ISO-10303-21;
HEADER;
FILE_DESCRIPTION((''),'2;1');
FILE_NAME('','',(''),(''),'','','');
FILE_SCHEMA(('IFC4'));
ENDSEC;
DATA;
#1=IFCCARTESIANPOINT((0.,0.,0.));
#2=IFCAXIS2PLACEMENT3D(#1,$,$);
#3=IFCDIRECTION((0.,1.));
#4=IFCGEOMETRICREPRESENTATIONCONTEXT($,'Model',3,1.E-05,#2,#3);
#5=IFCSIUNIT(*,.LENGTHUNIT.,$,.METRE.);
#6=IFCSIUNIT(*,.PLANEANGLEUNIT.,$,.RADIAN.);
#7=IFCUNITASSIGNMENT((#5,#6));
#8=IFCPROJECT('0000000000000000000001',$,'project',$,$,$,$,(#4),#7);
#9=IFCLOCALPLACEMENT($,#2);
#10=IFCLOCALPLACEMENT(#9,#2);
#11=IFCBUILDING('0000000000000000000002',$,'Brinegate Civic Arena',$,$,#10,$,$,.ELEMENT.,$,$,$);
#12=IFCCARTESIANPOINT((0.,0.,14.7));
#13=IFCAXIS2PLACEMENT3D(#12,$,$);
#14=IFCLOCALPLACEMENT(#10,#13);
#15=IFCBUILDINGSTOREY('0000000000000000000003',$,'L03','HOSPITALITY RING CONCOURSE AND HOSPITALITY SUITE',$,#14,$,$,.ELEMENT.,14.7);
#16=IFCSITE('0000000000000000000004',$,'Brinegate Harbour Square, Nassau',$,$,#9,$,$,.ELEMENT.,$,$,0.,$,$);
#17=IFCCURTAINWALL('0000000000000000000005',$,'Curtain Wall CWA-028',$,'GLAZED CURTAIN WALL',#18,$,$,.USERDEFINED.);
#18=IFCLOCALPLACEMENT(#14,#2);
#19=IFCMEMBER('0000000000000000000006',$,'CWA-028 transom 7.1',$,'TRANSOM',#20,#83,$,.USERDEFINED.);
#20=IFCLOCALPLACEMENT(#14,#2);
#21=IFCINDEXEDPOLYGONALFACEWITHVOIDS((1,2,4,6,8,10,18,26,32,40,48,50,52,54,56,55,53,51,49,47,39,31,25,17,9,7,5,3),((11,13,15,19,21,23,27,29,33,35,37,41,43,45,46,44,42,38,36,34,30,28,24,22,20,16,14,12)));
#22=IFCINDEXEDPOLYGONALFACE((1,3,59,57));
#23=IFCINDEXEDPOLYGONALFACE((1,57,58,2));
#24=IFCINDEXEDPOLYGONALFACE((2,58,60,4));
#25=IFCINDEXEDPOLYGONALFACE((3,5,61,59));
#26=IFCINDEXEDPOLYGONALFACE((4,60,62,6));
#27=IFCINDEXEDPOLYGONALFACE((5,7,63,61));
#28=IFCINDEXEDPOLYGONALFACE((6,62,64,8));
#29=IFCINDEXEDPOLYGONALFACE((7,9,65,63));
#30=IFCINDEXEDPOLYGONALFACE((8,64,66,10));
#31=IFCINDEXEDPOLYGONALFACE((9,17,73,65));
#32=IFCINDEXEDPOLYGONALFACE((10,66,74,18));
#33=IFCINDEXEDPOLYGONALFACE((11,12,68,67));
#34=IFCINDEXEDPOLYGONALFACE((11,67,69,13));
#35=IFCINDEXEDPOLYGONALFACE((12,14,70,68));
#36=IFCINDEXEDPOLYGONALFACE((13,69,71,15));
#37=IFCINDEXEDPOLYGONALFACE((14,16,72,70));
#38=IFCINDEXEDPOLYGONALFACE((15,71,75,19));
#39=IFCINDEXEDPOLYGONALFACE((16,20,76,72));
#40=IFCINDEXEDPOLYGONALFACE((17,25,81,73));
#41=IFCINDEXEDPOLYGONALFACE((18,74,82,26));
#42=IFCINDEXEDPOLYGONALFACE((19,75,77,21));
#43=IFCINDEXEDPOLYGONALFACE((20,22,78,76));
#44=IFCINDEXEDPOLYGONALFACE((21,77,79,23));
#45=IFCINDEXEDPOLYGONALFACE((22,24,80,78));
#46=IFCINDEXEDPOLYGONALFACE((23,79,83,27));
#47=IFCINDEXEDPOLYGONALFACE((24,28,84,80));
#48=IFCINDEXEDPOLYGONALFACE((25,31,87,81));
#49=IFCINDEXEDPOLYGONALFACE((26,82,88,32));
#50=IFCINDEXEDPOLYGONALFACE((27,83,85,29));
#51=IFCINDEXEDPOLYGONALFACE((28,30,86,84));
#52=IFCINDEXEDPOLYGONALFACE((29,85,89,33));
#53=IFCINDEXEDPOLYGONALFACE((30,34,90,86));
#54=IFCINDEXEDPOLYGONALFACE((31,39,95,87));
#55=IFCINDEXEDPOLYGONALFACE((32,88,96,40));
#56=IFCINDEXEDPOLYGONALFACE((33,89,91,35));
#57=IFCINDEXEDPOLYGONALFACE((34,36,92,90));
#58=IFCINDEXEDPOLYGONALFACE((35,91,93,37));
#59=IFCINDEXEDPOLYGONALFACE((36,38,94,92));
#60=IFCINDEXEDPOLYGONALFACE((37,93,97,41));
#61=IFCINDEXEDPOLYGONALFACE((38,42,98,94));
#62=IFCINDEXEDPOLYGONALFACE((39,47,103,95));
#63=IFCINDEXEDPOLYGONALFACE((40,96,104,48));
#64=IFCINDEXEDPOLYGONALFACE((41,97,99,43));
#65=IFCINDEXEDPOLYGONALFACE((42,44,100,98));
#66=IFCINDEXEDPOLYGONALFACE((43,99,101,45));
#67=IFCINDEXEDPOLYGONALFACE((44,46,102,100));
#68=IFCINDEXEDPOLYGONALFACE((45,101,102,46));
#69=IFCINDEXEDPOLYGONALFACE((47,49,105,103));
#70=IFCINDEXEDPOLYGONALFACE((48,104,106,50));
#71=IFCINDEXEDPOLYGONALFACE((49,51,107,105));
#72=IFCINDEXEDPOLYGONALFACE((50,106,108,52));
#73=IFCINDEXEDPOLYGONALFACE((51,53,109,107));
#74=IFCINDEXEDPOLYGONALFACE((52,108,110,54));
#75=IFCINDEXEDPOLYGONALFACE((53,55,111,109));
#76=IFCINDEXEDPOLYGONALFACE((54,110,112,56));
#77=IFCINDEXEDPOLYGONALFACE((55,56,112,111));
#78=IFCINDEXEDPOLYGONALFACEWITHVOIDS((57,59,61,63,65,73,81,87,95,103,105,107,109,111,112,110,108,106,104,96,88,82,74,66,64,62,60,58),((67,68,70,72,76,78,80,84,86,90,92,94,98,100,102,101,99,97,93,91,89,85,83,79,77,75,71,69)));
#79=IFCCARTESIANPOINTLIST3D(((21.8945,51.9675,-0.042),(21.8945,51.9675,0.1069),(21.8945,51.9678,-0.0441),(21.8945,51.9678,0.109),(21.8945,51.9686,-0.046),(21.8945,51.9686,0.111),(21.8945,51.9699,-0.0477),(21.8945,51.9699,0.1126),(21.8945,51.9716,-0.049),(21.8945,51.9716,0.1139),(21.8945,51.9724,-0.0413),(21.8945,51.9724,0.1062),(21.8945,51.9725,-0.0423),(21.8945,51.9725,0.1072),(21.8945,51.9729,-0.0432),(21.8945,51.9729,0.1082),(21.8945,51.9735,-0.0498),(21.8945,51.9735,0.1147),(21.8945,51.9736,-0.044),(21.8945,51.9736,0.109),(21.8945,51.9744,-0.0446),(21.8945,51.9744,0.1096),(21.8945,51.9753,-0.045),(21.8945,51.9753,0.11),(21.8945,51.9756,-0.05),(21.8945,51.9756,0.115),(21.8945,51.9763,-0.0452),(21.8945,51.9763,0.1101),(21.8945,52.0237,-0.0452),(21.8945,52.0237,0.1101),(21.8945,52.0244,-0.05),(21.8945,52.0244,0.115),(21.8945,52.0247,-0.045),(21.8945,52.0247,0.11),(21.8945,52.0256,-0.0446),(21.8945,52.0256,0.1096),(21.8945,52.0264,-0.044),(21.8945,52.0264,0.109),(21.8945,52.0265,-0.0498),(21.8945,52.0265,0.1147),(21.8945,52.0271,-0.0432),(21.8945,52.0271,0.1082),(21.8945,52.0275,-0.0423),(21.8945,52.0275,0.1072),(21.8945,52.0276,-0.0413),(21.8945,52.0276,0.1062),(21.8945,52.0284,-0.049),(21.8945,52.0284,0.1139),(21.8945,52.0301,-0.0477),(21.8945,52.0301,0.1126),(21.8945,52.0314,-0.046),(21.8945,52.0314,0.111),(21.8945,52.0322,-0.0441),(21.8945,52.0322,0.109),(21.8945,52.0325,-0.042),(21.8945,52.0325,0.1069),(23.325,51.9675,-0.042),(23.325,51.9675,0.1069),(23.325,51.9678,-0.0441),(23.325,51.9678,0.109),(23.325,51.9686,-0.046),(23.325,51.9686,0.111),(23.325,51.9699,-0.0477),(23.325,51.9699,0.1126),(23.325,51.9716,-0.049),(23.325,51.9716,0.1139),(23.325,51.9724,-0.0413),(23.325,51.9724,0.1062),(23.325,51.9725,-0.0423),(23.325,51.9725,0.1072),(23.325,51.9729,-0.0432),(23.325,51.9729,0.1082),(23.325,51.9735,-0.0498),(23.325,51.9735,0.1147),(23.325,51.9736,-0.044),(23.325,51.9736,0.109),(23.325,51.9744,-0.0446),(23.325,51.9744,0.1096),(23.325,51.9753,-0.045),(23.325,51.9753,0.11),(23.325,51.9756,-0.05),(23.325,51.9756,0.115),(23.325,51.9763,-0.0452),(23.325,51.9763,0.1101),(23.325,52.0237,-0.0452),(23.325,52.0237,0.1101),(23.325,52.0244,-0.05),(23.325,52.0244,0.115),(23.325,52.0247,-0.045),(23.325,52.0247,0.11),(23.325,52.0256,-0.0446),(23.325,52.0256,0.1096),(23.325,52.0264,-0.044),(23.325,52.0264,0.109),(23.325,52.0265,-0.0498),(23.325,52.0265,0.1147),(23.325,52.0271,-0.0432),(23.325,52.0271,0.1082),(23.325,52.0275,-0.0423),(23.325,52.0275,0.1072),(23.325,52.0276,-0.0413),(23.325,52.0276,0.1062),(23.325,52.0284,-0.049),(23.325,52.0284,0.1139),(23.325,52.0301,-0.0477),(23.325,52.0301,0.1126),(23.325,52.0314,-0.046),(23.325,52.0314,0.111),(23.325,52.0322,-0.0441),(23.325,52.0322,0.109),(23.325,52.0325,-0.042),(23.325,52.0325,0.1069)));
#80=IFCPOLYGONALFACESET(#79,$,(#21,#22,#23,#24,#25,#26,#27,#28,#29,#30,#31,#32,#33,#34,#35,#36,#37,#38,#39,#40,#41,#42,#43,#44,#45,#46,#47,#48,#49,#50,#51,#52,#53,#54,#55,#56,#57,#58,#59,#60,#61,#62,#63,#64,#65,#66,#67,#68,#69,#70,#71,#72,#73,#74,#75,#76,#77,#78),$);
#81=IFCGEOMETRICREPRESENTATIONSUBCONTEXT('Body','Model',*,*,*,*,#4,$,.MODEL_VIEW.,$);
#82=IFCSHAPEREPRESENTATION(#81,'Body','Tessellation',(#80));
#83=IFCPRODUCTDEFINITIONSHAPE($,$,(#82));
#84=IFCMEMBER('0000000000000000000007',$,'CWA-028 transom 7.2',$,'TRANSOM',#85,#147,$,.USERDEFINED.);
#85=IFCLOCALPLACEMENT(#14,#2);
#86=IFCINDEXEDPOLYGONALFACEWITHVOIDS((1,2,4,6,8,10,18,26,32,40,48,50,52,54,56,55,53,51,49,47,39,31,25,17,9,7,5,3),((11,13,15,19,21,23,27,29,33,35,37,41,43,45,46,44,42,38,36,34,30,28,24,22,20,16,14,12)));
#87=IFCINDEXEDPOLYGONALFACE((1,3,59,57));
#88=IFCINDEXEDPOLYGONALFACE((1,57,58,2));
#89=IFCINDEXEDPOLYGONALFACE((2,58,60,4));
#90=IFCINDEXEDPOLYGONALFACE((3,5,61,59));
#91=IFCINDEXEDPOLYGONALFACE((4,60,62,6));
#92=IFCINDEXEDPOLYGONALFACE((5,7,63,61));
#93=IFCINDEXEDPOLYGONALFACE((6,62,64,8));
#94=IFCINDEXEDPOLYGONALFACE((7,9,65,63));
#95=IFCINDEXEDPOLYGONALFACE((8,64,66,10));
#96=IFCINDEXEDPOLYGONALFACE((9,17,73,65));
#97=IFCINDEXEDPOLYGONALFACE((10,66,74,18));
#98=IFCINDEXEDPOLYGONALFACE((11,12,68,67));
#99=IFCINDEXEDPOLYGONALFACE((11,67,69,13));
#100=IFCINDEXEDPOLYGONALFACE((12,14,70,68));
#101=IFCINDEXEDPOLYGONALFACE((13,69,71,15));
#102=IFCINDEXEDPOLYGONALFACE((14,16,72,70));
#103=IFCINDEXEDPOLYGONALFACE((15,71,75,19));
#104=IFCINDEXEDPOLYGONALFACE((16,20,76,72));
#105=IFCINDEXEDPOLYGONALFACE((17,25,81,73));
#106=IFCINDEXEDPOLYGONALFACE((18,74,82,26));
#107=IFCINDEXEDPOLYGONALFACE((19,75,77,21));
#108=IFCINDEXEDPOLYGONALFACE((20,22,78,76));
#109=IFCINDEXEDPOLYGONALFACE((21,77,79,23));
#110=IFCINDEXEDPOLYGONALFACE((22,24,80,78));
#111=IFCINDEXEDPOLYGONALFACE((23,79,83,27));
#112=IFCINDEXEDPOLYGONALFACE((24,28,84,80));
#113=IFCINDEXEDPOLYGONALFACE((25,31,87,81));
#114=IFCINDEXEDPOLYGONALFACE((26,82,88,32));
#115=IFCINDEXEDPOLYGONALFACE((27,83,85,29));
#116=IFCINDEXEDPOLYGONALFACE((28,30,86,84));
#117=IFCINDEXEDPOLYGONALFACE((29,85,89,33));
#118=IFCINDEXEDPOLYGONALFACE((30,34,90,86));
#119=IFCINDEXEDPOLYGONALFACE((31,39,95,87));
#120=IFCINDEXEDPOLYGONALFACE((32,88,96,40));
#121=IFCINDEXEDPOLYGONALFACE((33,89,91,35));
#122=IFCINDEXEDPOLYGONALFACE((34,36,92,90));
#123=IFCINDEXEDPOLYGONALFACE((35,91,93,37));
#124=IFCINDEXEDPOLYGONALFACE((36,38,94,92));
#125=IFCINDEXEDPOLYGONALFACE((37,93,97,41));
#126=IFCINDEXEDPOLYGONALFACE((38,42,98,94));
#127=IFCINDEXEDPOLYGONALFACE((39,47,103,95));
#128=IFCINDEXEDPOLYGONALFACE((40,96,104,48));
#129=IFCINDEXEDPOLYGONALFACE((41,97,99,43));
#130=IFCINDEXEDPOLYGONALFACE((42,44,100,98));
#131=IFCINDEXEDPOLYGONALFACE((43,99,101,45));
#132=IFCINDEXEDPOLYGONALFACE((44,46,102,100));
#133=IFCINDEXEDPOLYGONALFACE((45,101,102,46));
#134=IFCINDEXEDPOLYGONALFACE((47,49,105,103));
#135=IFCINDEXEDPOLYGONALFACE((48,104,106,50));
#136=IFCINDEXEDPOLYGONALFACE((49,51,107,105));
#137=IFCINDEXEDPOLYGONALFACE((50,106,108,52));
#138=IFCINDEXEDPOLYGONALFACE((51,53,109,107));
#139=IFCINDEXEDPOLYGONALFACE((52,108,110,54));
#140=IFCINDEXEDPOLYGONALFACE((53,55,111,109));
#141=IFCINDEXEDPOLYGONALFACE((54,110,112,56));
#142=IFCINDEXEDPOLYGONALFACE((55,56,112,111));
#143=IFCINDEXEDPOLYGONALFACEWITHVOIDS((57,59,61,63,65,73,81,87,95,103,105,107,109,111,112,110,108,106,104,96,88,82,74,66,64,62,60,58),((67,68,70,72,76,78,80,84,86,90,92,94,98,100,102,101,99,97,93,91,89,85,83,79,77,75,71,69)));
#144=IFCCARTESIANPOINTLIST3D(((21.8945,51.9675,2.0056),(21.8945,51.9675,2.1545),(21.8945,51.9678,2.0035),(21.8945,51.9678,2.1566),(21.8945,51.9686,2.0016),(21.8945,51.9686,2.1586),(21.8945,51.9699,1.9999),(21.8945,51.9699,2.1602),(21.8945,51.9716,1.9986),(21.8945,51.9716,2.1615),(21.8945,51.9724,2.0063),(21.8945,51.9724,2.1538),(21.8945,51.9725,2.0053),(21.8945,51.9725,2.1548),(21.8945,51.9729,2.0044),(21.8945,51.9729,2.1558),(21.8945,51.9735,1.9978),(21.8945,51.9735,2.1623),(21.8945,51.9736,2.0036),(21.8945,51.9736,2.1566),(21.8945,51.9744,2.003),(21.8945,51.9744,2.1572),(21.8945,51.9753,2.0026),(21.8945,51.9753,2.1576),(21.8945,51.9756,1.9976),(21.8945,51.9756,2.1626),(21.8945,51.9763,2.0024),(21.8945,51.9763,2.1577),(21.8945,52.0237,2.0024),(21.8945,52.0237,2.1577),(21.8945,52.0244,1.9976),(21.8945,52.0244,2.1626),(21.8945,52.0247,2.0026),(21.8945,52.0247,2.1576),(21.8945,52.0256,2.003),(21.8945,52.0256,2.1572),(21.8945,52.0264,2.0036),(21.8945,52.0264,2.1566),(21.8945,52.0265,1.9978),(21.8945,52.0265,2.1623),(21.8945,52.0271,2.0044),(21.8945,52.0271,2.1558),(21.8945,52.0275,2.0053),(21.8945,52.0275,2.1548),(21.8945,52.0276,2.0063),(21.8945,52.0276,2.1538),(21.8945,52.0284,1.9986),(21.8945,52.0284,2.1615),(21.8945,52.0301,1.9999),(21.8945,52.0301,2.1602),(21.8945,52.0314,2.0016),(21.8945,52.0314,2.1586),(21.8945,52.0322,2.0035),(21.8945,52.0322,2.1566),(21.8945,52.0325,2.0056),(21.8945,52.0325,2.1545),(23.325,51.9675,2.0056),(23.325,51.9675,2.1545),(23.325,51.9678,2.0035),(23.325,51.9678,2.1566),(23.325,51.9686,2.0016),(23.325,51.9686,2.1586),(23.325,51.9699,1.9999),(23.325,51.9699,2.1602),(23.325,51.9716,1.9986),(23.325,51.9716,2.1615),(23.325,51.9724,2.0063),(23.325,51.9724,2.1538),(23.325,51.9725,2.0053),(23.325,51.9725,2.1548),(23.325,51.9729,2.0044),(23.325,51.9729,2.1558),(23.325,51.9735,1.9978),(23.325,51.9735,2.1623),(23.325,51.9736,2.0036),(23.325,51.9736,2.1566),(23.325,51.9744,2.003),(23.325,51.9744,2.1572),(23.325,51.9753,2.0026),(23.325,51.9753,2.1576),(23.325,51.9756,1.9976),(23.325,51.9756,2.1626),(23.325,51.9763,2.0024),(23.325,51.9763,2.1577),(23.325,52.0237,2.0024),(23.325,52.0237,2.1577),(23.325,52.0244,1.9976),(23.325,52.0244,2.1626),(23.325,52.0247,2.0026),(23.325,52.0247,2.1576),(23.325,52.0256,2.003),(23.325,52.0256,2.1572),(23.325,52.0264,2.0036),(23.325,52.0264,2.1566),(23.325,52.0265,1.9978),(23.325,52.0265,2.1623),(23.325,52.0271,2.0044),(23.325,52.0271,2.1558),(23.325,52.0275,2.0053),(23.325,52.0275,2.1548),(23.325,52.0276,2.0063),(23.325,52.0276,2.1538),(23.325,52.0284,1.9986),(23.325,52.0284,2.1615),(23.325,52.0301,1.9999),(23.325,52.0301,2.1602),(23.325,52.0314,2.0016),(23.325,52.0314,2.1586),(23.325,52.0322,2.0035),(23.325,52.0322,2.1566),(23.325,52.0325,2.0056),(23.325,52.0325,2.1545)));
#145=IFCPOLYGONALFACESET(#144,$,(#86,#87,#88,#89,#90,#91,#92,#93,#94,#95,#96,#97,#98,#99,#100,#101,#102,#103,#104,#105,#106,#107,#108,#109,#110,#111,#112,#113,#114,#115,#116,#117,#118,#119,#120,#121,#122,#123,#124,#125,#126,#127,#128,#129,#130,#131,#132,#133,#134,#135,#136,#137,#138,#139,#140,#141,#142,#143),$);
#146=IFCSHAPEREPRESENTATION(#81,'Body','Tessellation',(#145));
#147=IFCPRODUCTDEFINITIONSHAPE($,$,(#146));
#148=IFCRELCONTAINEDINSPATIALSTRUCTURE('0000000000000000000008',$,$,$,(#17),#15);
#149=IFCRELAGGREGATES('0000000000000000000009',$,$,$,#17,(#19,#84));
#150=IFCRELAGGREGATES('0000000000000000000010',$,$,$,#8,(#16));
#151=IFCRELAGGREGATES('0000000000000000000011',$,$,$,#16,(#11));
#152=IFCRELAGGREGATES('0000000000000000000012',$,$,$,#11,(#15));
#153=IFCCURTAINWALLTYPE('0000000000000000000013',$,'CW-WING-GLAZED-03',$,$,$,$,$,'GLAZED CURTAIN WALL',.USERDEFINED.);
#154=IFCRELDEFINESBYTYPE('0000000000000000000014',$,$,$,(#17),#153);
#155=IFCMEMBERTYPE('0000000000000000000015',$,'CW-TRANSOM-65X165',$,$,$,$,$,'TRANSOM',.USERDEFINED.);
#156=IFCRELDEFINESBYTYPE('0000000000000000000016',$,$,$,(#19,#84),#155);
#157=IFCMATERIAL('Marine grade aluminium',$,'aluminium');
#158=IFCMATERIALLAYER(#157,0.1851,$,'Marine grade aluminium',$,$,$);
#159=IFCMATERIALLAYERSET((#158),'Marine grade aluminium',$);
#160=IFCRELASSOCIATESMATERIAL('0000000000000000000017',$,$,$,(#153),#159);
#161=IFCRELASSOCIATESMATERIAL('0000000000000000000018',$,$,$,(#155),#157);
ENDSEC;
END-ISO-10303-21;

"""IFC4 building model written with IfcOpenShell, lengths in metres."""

from ifc_helpers import new_model, si_unit, direction, frame, origin, origin_2d, place, context, subcontext, project, spatial, hollow_rectangle, extrude, material, layer, layer_set, material_profile, profile_set, type_object, element, aggregate, save


model = new_model("IFC4")

# Units and contexts
model_context = context("Model", 3, precision=1e-05, world=origin(), true_north=direction((0.0, 1.0)))
body_context = subcontext(model_context, "Body", "Model", "MODEL_VIEW")
ifc_project = project(units=[si_unit("LENGTHUNIT", "METRE"), si_unit("PLANEANGLEUNIT", "RADIAN")], contexts=[model_context])

# Site, building, storey
site_placement = place(None, origin())
site = spatial("IfcSite", under=ifc_project, at=site_placement, Name="Brinegate Harbour Square, Nassau", CompositionType="ELEMENT", RefElevation=0.0)
building_placement = place(site_placement, origin())
building = spatial("IfcBuilding", under=site, at=building_placement, Name="Brinegate Civic Arena", CompositionType="ELEMENT")
storey_placement = place(building_placement, frame((0.0, 0.0, 14.7)))
storey = spatial("IfcBuildingStorey", under=building, at=storey_placement, Name="L03", Description="HOSPITALITY RING CONCOURSE AND HOSPITALITY SUITE", CompositionType="ELEMENT", Elevation=14.7)

# Curtain wall
ifc_material_1 = material(Name="Marine grade aluminium", Category="aluminium")
ifc_layer_1 = layer(ifc_material_1, 0.1851, Name="Marine grade aluminium")
ifc_layer_set_1 = layer_set([ifc_layer_1], Name="Marine grade aluminium")
curtain_wall_type = type_object("IfcCurtainWallType", Name="CW-WING-GLAZED-03", ElementType="GLAZED CURTAIN WALL", PredefinedType="USERDEFINED", material=ifc_layer_set_1)
curtain_wall_1_placement = place(storey_placement, origin())
curtain_wall_1 = element("IfcCurtainWall", 1, at=curtain_wall_1_placement, inside=storey, type_object=curtain_wall_type, Name="Curtain Wall CWA-028", ObjectType="GLAZED CURTAIN WALL", PredefinedType="USERDEFINED")

# Members
ifc_material_profile_1 = material_profile(ifc_material_1, hollow_rectangle(XDim=0.0649, YDim=0.165, WallThickness=0.0049, InnerFilletRadius=0.0039, OuterFilletRadius=0.0081, at=origin_2d()), Name="TRN65X165")
ifc_profile_set_1 = profile_set([ifc_material_profile_1], Name="Marine grade aluminium")
member_type_1 = type_object("IfcMemberType", Name="CW-TRANSOM-65X165", ElementType="TRANSOM", PredefinedType="USERDEFINED", material=ifc_profile_set_1)
member_1_placement = place(storey_placement, frame((21.8945, 52.0, 0.0325), z_axis=(1.0, 0.0, 0.0), x_axis=(0.0, 1.0, 0.0)))
member_1 = element("IfcMember", 2, at=member_1_placement, type_object=member_type_1, Name="CWA-028 transom 7.1", ObjectType="TRANSOM", PredefinedType="USERDEFINED", context=body_context, shape_type="SweptSolid", body=[
    extrude(hollow_rectangle(XDim=0.0649, YDim=0.165, WallThickness=0.0049, InnerFilletRadius=0.0039, OuterFilletRadius=0.0081, at=origin_2d()), origin(), (0.0, 0.0, 1.0), 1.4304),
])
member_2_placement = place(storey_placement, frame((21.8945, 52.0, 2.0801), z_axis=(1.0, 0.0, 0.0), x_axis=(0.0, 1.0, 0.0)))
member_2 = element("IfcMember", 3, at=member_2_placement, type_object=member_type_1, Name="CWA-028 transom 7.2", ObjectType="TRANSOM", PredefinedType="USERDEFINED", context=body_context, shape_type="SweptSolid", body=[
    extrude(hollow_rectangle(XDim=0.0649, YDim=0.165, WallThickness=0.0049, InnerFilletRadius=0.0039, OuterFilletRadius=0.0081, at=origin_2d()), origin(), (0.0, 0.0, 1.0), 1.4304),
])

aggregate(curtain_wall_1, [member_1, member_2])

save(model, "model.ifc")
